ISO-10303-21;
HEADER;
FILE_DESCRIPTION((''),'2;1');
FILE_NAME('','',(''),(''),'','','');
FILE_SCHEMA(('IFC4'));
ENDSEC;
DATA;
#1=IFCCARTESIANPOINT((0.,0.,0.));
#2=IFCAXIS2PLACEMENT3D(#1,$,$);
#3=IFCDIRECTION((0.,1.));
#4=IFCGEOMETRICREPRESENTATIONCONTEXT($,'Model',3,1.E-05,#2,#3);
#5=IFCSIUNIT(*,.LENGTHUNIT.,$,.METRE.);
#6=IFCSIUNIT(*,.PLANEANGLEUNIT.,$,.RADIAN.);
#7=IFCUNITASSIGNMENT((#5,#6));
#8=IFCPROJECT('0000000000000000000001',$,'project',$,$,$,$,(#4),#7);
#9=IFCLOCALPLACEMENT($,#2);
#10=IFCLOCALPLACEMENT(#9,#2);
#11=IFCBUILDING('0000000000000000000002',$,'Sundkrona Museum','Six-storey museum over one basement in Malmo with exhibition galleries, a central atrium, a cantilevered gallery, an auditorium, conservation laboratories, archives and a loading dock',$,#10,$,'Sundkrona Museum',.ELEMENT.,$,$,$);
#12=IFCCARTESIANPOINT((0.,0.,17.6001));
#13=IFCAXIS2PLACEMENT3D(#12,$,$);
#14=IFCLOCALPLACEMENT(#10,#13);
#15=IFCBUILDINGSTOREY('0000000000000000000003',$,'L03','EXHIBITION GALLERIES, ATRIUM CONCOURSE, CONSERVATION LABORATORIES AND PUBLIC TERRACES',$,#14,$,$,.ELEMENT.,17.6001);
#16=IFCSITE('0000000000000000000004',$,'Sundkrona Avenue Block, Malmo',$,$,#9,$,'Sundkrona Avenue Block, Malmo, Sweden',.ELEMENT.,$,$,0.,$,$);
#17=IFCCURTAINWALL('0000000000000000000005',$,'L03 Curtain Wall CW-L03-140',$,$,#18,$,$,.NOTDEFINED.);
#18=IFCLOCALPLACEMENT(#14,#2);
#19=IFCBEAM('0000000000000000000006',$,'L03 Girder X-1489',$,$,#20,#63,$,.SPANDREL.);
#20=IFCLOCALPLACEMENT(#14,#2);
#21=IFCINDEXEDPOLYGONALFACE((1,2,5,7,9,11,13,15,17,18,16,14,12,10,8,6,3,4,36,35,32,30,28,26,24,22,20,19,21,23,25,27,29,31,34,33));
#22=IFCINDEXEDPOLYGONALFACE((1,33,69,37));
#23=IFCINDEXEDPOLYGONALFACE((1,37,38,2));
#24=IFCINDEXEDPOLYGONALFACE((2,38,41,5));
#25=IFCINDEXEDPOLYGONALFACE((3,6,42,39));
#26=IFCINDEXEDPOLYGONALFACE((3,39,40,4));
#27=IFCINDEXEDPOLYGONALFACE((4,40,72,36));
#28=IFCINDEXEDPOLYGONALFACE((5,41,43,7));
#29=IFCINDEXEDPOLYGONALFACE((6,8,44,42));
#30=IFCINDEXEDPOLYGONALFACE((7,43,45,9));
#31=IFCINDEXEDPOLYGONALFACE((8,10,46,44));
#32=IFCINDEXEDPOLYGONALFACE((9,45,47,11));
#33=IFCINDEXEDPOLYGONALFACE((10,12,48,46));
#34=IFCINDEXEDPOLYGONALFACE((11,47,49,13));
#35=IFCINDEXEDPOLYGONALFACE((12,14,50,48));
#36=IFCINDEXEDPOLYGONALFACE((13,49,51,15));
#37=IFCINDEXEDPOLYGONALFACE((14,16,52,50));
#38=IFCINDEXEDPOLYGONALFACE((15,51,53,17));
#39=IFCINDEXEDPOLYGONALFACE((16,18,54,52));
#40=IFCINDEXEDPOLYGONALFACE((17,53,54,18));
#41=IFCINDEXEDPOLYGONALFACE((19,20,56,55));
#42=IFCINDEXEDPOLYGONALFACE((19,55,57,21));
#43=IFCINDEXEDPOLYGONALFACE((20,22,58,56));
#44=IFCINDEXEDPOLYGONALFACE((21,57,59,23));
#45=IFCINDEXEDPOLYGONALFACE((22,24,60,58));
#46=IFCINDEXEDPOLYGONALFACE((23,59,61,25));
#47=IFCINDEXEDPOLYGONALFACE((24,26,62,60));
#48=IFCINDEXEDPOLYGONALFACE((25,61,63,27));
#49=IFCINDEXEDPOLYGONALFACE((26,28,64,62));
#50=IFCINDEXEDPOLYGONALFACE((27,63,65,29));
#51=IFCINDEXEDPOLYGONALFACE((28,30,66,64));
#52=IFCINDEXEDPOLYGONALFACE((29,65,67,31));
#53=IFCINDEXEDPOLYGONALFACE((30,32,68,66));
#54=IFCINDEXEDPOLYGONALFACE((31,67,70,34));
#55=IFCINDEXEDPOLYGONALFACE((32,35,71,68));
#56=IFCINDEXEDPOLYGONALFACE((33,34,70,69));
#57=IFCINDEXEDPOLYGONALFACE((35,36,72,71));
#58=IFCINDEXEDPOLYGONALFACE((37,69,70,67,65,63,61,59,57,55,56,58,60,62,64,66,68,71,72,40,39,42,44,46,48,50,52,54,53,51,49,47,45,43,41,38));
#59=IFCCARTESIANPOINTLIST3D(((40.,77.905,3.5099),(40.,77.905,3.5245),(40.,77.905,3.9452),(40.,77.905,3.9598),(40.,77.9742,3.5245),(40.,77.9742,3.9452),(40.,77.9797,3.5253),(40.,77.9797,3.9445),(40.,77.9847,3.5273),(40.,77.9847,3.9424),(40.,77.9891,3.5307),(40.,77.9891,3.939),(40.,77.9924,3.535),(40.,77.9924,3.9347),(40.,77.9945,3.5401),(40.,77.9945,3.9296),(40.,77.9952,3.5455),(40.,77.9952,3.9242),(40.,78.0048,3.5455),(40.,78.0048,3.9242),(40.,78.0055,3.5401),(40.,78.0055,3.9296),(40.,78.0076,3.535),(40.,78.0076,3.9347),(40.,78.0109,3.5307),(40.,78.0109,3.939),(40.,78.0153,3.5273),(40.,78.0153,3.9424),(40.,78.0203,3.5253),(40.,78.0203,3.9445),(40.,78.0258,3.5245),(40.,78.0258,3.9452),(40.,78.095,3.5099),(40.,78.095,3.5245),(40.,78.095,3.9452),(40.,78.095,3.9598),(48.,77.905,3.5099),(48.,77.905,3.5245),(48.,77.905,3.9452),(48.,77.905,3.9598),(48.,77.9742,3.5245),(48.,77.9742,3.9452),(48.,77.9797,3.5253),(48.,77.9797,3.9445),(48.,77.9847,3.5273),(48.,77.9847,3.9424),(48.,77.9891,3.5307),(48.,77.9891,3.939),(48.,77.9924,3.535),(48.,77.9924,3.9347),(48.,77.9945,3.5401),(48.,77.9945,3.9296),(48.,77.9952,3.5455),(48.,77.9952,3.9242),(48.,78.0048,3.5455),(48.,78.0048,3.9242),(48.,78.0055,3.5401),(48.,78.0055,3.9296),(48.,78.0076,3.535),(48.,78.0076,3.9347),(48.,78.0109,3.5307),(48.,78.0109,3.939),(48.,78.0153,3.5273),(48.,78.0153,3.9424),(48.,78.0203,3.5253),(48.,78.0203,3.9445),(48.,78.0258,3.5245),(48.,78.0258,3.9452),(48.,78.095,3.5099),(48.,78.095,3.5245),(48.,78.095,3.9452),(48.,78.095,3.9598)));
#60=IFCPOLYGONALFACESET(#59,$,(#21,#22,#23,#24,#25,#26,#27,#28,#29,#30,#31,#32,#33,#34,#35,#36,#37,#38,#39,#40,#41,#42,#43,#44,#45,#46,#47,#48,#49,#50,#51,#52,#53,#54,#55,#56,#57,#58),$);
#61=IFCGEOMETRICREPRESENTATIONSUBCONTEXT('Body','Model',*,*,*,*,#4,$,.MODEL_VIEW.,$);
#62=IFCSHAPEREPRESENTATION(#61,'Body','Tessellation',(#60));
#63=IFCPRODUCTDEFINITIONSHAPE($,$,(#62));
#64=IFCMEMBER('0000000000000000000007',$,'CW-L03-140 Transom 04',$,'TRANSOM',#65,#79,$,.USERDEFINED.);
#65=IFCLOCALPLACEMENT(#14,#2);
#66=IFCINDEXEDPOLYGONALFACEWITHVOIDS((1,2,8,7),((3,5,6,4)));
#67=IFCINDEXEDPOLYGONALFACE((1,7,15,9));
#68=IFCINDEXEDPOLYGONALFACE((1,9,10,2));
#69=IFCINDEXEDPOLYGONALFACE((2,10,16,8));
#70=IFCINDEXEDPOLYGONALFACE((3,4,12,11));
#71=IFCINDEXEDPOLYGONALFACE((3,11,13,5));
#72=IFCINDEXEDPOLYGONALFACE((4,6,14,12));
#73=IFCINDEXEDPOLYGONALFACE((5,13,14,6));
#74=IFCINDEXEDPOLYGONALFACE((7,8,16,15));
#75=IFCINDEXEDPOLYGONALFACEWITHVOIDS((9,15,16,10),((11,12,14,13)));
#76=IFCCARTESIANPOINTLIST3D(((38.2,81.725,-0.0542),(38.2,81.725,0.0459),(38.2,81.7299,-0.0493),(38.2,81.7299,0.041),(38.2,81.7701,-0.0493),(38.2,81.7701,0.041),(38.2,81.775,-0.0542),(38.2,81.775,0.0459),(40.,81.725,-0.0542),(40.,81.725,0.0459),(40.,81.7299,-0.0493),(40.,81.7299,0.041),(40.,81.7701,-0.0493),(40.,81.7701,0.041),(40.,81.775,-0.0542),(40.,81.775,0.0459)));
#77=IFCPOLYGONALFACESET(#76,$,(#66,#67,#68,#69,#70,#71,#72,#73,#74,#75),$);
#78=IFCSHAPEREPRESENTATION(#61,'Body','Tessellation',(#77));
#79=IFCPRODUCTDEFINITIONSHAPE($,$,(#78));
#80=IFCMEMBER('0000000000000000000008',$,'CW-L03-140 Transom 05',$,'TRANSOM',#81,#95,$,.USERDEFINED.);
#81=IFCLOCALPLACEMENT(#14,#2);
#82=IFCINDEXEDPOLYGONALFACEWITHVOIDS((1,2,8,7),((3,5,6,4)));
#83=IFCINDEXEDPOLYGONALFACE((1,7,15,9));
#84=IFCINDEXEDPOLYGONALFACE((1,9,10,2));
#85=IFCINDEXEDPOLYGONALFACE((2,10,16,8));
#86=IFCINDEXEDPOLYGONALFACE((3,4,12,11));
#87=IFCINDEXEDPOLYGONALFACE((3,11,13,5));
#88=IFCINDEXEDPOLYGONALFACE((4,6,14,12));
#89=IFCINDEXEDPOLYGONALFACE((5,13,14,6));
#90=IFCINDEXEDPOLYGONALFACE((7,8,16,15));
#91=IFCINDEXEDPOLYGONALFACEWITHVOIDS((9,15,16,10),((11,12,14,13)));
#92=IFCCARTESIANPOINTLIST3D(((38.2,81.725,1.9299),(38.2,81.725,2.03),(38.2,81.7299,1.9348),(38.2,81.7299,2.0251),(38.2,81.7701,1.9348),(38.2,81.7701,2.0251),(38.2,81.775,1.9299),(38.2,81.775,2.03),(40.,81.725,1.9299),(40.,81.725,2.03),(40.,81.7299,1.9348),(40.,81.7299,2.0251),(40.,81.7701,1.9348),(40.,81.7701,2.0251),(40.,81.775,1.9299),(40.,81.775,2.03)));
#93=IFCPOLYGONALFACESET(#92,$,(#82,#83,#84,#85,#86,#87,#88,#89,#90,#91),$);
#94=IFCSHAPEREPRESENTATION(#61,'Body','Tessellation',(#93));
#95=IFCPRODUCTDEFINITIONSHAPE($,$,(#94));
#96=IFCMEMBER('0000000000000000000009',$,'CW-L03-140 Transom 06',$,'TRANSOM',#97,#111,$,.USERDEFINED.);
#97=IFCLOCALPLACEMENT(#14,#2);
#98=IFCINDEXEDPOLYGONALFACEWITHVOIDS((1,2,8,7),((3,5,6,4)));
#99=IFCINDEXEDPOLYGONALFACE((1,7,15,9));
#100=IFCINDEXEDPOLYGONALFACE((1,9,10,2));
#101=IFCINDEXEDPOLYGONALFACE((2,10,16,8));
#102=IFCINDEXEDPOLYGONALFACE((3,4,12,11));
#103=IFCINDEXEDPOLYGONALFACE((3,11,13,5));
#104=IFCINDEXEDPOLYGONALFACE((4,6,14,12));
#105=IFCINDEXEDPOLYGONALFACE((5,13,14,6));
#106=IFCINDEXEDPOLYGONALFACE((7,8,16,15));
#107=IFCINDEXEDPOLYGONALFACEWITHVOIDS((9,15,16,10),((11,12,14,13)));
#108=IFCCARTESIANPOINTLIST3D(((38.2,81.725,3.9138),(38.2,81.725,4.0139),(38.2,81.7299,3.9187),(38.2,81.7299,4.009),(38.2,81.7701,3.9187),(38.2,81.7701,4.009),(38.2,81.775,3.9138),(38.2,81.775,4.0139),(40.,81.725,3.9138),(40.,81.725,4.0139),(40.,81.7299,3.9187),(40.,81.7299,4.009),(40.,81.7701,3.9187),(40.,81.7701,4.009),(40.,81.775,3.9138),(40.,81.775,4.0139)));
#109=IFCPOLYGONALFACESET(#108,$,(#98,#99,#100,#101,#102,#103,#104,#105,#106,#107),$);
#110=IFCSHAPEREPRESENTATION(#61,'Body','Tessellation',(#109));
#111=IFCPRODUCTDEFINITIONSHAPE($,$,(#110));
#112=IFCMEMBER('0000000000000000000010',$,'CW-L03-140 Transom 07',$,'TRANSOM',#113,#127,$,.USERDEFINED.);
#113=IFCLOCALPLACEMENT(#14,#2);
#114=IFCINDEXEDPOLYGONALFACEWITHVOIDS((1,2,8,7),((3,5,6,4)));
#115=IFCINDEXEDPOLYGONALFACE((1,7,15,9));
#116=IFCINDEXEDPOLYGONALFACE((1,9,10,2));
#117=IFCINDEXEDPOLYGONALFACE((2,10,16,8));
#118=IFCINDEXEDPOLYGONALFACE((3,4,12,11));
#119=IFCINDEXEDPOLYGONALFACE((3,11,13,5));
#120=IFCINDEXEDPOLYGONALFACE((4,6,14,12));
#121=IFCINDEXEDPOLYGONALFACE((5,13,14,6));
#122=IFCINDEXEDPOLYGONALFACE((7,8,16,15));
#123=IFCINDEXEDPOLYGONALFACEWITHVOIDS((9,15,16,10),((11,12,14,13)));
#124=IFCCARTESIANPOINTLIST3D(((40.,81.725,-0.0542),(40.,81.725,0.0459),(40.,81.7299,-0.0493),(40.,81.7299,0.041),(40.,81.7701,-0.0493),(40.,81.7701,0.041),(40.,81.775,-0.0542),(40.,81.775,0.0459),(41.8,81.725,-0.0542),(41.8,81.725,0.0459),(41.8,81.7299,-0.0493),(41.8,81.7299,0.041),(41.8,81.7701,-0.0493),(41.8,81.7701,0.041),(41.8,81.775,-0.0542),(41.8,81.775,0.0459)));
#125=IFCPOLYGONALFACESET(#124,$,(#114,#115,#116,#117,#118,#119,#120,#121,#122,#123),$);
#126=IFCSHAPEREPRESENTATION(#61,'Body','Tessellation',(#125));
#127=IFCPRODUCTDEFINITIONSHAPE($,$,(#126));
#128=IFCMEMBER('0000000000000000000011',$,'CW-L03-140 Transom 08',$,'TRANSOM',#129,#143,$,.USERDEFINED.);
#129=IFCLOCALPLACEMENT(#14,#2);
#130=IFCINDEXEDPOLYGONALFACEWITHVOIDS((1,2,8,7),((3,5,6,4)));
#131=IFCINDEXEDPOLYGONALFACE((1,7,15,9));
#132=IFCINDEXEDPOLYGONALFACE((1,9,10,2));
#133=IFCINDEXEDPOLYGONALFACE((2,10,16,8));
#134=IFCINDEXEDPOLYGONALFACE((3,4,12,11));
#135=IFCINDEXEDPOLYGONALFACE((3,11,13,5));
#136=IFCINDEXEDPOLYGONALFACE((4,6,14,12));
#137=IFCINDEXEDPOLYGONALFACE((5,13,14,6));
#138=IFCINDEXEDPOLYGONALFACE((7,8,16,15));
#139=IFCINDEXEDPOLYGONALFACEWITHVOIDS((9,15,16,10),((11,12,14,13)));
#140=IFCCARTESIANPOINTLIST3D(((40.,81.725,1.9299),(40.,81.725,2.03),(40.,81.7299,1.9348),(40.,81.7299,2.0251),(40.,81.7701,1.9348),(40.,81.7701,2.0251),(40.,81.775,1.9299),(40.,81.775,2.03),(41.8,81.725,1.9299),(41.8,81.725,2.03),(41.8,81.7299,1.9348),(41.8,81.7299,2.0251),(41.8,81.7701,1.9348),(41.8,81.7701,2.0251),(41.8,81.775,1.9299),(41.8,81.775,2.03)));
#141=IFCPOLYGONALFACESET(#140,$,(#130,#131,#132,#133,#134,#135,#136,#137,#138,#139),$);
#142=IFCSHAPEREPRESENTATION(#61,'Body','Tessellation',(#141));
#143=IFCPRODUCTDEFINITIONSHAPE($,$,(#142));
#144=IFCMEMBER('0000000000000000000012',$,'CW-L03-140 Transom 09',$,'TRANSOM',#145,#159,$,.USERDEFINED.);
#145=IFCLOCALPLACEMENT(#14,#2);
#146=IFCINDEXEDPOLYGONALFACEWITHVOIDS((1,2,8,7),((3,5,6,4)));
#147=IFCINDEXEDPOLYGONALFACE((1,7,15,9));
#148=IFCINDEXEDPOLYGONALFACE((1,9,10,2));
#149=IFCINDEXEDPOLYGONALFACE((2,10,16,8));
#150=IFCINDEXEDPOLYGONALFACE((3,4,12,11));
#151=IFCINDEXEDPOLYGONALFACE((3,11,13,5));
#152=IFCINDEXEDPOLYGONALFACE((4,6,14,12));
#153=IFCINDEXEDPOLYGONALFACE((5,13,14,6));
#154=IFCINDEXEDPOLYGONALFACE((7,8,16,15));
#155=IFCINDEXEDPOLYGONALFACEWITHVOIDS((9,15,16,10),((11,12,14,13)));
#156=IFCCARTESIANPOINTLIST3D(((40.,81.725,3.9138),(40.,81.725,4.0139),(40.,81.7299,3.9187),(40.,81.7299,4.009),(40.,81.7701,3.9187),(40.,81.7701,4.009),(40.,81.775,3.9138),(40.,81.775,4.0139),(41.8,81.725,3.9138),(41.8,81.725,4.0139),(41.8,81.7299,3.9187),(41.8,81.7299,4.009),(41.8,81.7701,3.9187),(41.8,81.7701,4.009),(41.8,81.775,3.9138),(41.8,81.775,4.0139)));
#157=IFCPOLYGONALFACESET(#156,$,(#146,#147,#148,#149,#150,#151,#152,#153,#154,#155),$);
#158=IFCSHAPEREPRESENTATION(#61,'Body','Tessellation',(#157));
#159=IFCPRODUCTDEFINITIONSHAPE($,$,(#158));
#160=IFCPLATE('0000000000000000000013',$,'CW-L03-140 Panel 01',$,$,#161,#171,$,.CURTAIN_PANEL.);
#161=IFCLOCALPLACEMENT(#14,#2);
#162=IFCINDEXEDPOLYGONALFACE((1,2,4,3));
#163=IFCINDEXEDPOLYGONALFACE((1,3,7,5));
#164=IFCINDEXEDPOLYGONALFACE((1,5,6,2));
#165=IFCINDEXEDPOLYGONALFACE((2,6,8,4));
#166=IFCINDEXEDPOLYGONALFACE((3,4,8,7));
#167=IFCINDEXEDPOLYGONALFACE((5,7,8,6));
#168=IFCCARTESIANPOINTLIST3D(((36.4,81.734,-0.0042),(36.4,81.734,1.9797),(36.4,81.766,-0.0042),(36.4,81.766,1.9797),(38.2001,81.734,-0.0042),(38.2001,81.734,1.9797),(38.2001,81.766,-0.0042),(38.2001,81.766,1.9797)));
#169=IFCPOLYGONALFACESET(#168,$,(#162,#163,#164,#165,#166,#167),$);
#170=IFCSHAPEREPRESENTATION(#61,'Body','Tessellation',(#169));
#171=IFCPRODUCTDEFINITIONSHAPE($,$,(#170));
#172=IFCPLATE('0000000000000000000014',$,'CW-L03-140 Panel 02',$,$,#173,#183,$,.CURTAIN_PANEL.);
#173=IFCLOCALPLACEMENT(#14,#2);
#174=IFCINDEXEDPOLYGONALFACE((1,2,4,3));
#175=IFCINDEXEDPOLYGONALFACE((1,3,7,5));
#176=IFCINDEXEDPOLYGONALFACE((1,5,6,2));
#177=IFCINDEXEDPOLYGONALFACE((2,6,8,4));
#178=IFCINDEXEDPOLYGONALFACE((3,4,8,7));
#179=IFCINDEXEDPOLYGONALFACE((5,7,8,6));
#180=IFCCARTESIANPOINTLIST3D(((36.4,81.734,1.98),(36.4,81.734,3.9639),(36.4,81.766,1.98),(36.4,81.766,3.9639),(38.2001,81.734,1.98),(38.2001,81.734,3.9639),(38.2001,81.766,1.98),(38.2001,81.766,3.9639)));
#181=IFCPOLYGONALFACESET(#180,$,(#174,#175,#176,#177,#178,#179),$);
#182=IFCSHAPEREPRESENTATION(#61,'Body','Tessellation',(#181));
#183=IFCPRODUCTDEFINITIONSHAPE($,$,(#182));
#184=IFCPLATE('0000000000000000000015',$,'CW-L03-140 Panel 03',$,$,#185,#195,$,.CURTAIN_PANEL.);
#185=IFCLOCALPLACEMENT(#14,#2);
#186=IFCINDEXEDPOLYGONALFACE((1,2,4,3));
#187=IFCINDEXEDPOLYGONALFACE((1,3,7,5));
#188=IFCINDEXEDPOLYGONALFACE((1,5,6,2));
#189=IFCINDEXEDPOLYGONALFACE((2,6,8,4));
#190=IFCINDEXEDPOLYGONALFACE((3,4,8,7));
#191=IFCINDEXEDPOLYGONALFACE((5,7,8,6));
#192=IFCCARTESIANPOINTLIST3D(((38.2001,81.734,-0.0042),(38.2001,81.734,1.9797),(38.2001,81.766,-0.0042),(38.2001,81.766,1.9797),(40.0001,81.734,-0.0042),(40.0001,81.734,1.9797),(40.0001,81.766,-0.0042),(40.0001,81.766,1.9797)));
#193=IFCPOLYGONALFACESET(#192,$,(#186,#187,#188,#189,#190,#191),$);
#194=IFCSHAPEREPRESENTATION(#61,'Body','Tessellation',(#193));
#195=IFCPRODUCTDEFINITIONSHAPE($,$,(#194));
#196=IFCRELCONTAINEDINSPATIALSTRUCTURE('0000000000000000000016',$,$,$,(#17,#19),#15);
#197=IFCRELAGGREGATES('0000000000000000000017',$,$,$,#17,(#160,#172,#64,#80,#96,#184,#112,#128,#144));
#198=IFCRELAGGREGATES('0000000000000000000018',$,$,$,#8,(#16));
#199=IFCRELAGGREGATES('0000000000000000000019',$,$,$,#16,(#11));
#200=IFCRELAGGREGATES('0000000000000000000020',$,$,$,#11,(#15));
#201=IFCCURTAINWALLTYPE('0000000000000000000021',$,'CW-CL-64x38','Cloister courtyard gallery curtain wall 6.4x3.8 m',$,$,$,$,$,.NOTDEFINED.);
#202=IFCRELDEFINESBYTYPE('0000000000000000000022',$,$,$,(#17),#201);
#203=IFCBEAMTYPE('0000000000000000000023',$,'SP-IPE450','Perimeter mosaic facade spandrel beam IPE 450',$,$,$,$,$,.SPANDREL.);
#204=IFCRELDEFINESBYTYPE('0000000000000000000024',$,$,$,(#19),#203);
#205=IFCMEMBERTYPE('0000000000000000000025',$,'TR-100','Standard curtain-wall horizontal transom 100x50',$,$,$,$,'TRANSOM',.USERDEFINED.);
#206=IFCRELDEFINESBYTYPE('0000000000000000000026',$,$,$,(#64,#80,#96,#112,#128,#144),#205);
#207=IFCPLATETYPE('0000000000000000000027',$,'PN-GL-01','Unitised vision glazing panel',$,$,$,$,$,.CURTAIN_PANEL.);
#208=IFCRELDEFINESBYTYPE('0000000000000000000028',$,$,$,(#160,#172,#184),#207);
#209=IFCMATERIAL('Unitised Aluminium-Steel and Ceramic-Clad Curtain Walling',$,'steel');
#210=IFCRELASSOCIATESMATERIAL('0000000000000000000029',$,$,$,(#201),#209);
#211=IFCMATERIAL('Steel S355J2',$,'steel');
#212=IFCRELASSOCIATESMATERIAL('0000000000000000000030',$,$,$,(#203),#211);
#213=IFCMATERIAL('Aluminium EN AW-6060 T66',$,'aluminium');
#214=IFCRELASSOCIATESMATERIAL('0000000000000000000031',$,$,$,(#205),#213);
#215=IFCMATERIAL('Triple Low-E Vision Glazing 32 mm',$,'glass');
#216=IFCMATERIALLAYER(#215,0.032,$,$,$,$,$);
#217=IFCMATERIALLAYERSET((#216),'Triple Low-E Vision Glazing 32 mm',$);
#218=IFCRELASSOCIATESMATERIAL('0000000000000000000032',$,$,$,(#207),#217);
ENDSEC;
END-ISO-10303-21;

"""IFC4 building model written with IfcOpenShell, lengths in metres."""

from ifc_helpers import new_model, si_unit, direction, frame, origin, origin_2d, place, context, subcontext, project, spatial, rectangle, hollow_rectangle, i_section, extrude, material, layer, layer_set, material_profile, profile_set, type_object, element, aggregate, save


model = new_model("IFC4")

# Units and contexts
model_context = context("Model", 3, precision=1e-05, world=origin(), true_north=direction((0.0, 1.0)))
body_context = subcontext(model_context, "Body", "Model", "MODEL_VIEW")
ifc_project = project(units=[si_unit("LENGTHUNIT", "METRE"), si_unit("PLANEANGLEUNIT", "RADIAN")], contexts=[model_context])

# Site, building, storey
site_placement = place(None, origin())
site = spatial("IfcSite", under=ifc_project, at=site_placement, Name="Sundkrona Avenue Block, Malmo", LongName="Sundkrona Avenue Block, Malmo, Sweden", CompositionType="ELEMENT", RefElevation=0.0)
building_placement = place(site_placement, origin())
building = spatial("IfcBuilding", under=site, at=building_placement, Name="Sundkrona Museum", Description="Six-storey museum over one basement in Malmo with exhibition galleries, a central atrium, a cantilevered gallery, an auditorium, conservation laboratories, archives and a loading dock", LongName="Sundkrona Museum", CompositionType="ELEMENT")
storey_placement = place(building_placement, frame((0.0, 0.0, 17.6001)))
storey = spatial("IfcBuildingStorey", under=building, at=storey_placement, Name="L03", Description="EXHIBITION GALLERIES, ATRIUM CONCOURSE, CONSERVATION LABORATORIES AND PUBLIC TERRACES", CompositionType="ELEMENT", Elevation=17.6001)

# Shared definitions
ifc_material_1 = material(Name="Steel S355J2", Category="steel")

# Curtain wall
ifc_material_2 = material(Name="Unitised Aluminium-Steel and Ceramic-Clad Curtain Walling", Category="steel")
curtain_wall_type = type_object("IfcCurtainWallType", Name="CW-CL-64x38", Description="Cloister courtyard gallery curtain wall 6.4x3.8 m", PredefinedType="NOTDEFINED", material=ifc_material_2)
curtain_wall_placement = place(storey_placement, origin())
curtain_wall = element("IfcCurtainWall", 1, at=curtain_wall_placement, inside=storey, type_object=curtain_wall_type, Name="L03 Curtain Wall CW-L03-140", PredefinedType="NOTDEFINED")
ifc_material_3 = material(Name="Aluminium EN AW-6060 T66", Category="aluminium")

# Beam
ifc_material_profile_1 = material_profile(ifc_material_1, i_section(OverallWidth=0.1899, OverallDepth=0.45, WebThickness=0.0095, FlangeThickness=0.0146, FilletRadius=0.021, at=origin_2d()), Name="IPE 450")
ifc_profile_set_1 = profile_set([ifc_material_profile_1], Name="Steel S355J2")
beam_type_1 = type_object("IfcBeamType", Name="SP-IPE450", Description="Perimeter mosaic facade spandrel beam IPE 450", PredefinedType="SPANDREL", material=ifc_profile_set_1)
beam_1_placement = place(storey_placement, frame((40.0, 78.0, 3.7349), z_axis=(1.0, 0.0, 0.0), x_axis=(0.0, 1.0, 0.0)))
element("IfcBeam", 2, at=beam_1_placement, inside=storey, type_object=beam_type_1, Name="L03 Girder X-1489", PredefinedType="SPANDREL", context=body_context, shape_type="SweptSolid", body=[
    extrude(i_section(OverallWidth=0.1899, OverallDepth=0.45, WebThickness=0.0095, FlangeThickness=0.0146, FilletRadius=0.021, at=origin_2d()), origin(), (0.0, 0.0, 1.0), 8.0),
])

# Members
ifc_material_profile_2 = material_profile(ifc_material_3, hollow_rectangle(XDim=0.05, YDim=0.1001, WallThickness=0.0049, at=origin_2d()), Name="RHS 100x50x5.0")
ifc_profile_set_2 = profile_set([ifc_material_profile_2], Name="Aluminium EN AW-6060 T66")
member_type_1 = type_object("IfcMemberType", Name="TR-100", Description="Standard curtain-wall horizontal transom 100x50", ElementType="TRANSOM", PredefinedType="USERDEFINED", material=ifc_profile_set_2)
member_1_placement = place(storey_placement, frame((38.2, 81.75, -0.0042), z_axis=(1.0, 0.0, 0.0), x_axis=(0.0, 1.0, 0.0)))
member_1 = element("IfcMember", 3, at=member_1_placement, type_object=member_type_1, Name="CW-L03-140 Transom 04", ObjectType="TRANSOM", PredefinedType="USERDEFINED", context=body_context, shape_type="SweptSolid", body=[
    extrude(hollow_rectangle(XDim=0.05, YDim=0.1001, WallThickness=0.0049, at=origin_2d()), origin(), (0.0, 0.0, 1.0), 1.8),
])
member_2_placement = place(storey_placement, frame((38.2, 81.75, 1.98), z_axis=(1.0, 0.0, 0.0), x_axis=(0.0, 1.0, 0.0)))
member_2 = element("IfcMember", 4, at=member_2_placement, type_object=member_type_1, Name="CW-L03-140 Transom 05", ObjectType="TRANSOM", PredefinedType="USERDEFINED", context=body_context, shape_type="SweptSolid", body=[
    extrude(hollow_rectangle(XDim=0.05, YDim=0.1001, WallThickness=0.0049, at=origin_2d()), origin(), (0.0, 0.0, 1.0), 1.8),
])
member_3_placement = place(storey_placement, frame((38.2, 81.75, 3.9639), z_axis=(1.0, 0.0, 0.0), x_axis=(0.0, 1.0, 0.0)))
member_3 = element("IfcMember", 5, at=member_3_placement, type_object=member_type_1, Name="CW-L03-140 Transom 06", ObjectType="TRANSOM", PredefinedType="USERDEFINED", context=body_context, shape_type="SweptSolid", body=[
    extrude(hollow_rectangle(XDim=0.05, YDim=0.1001, WallThickness=0.0049, at=origin_2d()), origin(), (0.0, 0.0, 1.0), 1.8),
])
member_4_placement = place(storey_placement, frame((40.0, 81.75, -0.0042), z_axis=(1.0, 0.0, 0.0), x_axis=(0.0, 1.0, 0.0)))
member_4 = element("IfcMember", 6, at=member_4_placement, type_object=member_type_1, Name="CW-L03-140 Transom 07", ObjectType="TRANSOM", PredefinedType="USERDEFINED", context=body_context, shape_type="SweptSolid", body=[
    extrude(hollow_rectangle(XDim=0.05, YDim=0.1001, WallThickness=0.0049, at=origin_2d()), origin(), (0.0, 0.0, 1.0), 1.8),
])
member_5_placement = place(storey_placement, frame((40.0, 81.75, 1.98), z_axis=(1.0, 0.0, 0.0), x_axis=(0.0, 1.0, 0.0)))
member_5 = element("IfcMember", 7, at=member_5_placement, type_object=member_type_1, Name="CW-L03-140 Transom 08", ObjectType="TRANSOM", PredefinedType="USERDEFINED", context=body_context, shape_type="SweptSolid", body=[
    extrude(hollow_rectangle(XDim=0.05, YDim=0.1001, WallThickness=0.0049, at=origin_2d()), origin(), (0.0, 0.0, 1.0), 1.8),
])
member_6_placement = place(storey_placement, frame((40.0, 81.75, 3.9639), z_axis=(1.0, 0.0, 0.0), x_axis=(0.0, 1.0, 0.0)))
member_6 = element("IfcMember", 8, at=member_6_placement, type_object=member_type_1, Name="CW-L03-140 Transom 09", ObjectType="TRANSOM", PredefinedType="USERDEFINED", context=body_context, shape_type="SweptSolid", body=[
    extrude(hollow_rectangle(XDim=0.05, YDim=0.1001, WallThickness=0.0049, at=origin_2d()), origin(), (0.0, 0.0, 1.0), 1.8),
])

# Plates
ifc_material_4 = material(Name="Triple Low-E Vision Glazing 32 mm", Category="glass")
ifc_layer_1 = layer(ifc_material_4, 0.032)
ifc_layer_set_1 = layer_set([ifc_layer_1], Name="Triple Low-E Vision Glazing 32 mm")
plate_type = type_object("IfcPlateType", Name="PN-GL-01", Description="Unitised vision glazing panel", PredefinedType="CURTAIN_PANEL", material=ifc_layer_set_1)
plate_1_placement = place(storey_placement, frame((37.3, 81.75, -0.0042), z_axis=(0.0, 0.0, 1.0), x_axis=(1.0, 0.0, 0.0)))
plate_1 = element("IfcPlate", 9, at=plate_1_placement, type_object=plate_type, Name="CW-L03-140 Panel 01", PredefinedType="CURTAIN_PANEL", context=body_context, shape_type="SweptSolid", body=[
    extrude(rectangle(XDim=1.8, YDim=0.032, at=origin_2d()), origin(), (0.0, 0.0, 1.0), 1.9839),
])
plate_2_placement = place(storey_placement, frame((37.3, 81.75, 1.98), z_axis=(0.0, 0.0, 1.0), x_axis=(1.0, 0.0, 0.0)))
plate_2 = element("IfcPlate", 10, at=plate_2_placement, type_object=plate_type, Name="CW-L03-140 Panel 02", PredefinedType="CURTAIN_PANEL", context=body_context, shape_type="SweptSolid", body=[
    extrude(rectangle(XDim=1.8, YDim=0.032, at=origin_2d()), origin(), (0.0, 0.0, 1.0), 1.9839),
])
plate_3_placement = place(storey_placement, frame((39.1001, 81.75, -0.0042), z_axis=(0.0, 0.0, 1.0), x_axis=(1.0, 0.0, 0.0)))
plate_3 = element("IfcPlate", 11, at=plate_3_placement, type_object=plate_type, Name="CW-L03-140 Panel 03", PredefinedType="CURTAIN_PANEL", context=body_context, shape_type="SweptSolid", body=[
    extrude(rectangle(XDim=1.8, YDim=0.032, at=origin_2d()), origin(), (0.0, 0.0, 1.0), 1.9839),
])
aggregate(curtain_wall, [plate_1, plate_2, member_1, member_2, member_3, plate_3, member_4, member_5, member_6])

save(model, "model.ifc")
